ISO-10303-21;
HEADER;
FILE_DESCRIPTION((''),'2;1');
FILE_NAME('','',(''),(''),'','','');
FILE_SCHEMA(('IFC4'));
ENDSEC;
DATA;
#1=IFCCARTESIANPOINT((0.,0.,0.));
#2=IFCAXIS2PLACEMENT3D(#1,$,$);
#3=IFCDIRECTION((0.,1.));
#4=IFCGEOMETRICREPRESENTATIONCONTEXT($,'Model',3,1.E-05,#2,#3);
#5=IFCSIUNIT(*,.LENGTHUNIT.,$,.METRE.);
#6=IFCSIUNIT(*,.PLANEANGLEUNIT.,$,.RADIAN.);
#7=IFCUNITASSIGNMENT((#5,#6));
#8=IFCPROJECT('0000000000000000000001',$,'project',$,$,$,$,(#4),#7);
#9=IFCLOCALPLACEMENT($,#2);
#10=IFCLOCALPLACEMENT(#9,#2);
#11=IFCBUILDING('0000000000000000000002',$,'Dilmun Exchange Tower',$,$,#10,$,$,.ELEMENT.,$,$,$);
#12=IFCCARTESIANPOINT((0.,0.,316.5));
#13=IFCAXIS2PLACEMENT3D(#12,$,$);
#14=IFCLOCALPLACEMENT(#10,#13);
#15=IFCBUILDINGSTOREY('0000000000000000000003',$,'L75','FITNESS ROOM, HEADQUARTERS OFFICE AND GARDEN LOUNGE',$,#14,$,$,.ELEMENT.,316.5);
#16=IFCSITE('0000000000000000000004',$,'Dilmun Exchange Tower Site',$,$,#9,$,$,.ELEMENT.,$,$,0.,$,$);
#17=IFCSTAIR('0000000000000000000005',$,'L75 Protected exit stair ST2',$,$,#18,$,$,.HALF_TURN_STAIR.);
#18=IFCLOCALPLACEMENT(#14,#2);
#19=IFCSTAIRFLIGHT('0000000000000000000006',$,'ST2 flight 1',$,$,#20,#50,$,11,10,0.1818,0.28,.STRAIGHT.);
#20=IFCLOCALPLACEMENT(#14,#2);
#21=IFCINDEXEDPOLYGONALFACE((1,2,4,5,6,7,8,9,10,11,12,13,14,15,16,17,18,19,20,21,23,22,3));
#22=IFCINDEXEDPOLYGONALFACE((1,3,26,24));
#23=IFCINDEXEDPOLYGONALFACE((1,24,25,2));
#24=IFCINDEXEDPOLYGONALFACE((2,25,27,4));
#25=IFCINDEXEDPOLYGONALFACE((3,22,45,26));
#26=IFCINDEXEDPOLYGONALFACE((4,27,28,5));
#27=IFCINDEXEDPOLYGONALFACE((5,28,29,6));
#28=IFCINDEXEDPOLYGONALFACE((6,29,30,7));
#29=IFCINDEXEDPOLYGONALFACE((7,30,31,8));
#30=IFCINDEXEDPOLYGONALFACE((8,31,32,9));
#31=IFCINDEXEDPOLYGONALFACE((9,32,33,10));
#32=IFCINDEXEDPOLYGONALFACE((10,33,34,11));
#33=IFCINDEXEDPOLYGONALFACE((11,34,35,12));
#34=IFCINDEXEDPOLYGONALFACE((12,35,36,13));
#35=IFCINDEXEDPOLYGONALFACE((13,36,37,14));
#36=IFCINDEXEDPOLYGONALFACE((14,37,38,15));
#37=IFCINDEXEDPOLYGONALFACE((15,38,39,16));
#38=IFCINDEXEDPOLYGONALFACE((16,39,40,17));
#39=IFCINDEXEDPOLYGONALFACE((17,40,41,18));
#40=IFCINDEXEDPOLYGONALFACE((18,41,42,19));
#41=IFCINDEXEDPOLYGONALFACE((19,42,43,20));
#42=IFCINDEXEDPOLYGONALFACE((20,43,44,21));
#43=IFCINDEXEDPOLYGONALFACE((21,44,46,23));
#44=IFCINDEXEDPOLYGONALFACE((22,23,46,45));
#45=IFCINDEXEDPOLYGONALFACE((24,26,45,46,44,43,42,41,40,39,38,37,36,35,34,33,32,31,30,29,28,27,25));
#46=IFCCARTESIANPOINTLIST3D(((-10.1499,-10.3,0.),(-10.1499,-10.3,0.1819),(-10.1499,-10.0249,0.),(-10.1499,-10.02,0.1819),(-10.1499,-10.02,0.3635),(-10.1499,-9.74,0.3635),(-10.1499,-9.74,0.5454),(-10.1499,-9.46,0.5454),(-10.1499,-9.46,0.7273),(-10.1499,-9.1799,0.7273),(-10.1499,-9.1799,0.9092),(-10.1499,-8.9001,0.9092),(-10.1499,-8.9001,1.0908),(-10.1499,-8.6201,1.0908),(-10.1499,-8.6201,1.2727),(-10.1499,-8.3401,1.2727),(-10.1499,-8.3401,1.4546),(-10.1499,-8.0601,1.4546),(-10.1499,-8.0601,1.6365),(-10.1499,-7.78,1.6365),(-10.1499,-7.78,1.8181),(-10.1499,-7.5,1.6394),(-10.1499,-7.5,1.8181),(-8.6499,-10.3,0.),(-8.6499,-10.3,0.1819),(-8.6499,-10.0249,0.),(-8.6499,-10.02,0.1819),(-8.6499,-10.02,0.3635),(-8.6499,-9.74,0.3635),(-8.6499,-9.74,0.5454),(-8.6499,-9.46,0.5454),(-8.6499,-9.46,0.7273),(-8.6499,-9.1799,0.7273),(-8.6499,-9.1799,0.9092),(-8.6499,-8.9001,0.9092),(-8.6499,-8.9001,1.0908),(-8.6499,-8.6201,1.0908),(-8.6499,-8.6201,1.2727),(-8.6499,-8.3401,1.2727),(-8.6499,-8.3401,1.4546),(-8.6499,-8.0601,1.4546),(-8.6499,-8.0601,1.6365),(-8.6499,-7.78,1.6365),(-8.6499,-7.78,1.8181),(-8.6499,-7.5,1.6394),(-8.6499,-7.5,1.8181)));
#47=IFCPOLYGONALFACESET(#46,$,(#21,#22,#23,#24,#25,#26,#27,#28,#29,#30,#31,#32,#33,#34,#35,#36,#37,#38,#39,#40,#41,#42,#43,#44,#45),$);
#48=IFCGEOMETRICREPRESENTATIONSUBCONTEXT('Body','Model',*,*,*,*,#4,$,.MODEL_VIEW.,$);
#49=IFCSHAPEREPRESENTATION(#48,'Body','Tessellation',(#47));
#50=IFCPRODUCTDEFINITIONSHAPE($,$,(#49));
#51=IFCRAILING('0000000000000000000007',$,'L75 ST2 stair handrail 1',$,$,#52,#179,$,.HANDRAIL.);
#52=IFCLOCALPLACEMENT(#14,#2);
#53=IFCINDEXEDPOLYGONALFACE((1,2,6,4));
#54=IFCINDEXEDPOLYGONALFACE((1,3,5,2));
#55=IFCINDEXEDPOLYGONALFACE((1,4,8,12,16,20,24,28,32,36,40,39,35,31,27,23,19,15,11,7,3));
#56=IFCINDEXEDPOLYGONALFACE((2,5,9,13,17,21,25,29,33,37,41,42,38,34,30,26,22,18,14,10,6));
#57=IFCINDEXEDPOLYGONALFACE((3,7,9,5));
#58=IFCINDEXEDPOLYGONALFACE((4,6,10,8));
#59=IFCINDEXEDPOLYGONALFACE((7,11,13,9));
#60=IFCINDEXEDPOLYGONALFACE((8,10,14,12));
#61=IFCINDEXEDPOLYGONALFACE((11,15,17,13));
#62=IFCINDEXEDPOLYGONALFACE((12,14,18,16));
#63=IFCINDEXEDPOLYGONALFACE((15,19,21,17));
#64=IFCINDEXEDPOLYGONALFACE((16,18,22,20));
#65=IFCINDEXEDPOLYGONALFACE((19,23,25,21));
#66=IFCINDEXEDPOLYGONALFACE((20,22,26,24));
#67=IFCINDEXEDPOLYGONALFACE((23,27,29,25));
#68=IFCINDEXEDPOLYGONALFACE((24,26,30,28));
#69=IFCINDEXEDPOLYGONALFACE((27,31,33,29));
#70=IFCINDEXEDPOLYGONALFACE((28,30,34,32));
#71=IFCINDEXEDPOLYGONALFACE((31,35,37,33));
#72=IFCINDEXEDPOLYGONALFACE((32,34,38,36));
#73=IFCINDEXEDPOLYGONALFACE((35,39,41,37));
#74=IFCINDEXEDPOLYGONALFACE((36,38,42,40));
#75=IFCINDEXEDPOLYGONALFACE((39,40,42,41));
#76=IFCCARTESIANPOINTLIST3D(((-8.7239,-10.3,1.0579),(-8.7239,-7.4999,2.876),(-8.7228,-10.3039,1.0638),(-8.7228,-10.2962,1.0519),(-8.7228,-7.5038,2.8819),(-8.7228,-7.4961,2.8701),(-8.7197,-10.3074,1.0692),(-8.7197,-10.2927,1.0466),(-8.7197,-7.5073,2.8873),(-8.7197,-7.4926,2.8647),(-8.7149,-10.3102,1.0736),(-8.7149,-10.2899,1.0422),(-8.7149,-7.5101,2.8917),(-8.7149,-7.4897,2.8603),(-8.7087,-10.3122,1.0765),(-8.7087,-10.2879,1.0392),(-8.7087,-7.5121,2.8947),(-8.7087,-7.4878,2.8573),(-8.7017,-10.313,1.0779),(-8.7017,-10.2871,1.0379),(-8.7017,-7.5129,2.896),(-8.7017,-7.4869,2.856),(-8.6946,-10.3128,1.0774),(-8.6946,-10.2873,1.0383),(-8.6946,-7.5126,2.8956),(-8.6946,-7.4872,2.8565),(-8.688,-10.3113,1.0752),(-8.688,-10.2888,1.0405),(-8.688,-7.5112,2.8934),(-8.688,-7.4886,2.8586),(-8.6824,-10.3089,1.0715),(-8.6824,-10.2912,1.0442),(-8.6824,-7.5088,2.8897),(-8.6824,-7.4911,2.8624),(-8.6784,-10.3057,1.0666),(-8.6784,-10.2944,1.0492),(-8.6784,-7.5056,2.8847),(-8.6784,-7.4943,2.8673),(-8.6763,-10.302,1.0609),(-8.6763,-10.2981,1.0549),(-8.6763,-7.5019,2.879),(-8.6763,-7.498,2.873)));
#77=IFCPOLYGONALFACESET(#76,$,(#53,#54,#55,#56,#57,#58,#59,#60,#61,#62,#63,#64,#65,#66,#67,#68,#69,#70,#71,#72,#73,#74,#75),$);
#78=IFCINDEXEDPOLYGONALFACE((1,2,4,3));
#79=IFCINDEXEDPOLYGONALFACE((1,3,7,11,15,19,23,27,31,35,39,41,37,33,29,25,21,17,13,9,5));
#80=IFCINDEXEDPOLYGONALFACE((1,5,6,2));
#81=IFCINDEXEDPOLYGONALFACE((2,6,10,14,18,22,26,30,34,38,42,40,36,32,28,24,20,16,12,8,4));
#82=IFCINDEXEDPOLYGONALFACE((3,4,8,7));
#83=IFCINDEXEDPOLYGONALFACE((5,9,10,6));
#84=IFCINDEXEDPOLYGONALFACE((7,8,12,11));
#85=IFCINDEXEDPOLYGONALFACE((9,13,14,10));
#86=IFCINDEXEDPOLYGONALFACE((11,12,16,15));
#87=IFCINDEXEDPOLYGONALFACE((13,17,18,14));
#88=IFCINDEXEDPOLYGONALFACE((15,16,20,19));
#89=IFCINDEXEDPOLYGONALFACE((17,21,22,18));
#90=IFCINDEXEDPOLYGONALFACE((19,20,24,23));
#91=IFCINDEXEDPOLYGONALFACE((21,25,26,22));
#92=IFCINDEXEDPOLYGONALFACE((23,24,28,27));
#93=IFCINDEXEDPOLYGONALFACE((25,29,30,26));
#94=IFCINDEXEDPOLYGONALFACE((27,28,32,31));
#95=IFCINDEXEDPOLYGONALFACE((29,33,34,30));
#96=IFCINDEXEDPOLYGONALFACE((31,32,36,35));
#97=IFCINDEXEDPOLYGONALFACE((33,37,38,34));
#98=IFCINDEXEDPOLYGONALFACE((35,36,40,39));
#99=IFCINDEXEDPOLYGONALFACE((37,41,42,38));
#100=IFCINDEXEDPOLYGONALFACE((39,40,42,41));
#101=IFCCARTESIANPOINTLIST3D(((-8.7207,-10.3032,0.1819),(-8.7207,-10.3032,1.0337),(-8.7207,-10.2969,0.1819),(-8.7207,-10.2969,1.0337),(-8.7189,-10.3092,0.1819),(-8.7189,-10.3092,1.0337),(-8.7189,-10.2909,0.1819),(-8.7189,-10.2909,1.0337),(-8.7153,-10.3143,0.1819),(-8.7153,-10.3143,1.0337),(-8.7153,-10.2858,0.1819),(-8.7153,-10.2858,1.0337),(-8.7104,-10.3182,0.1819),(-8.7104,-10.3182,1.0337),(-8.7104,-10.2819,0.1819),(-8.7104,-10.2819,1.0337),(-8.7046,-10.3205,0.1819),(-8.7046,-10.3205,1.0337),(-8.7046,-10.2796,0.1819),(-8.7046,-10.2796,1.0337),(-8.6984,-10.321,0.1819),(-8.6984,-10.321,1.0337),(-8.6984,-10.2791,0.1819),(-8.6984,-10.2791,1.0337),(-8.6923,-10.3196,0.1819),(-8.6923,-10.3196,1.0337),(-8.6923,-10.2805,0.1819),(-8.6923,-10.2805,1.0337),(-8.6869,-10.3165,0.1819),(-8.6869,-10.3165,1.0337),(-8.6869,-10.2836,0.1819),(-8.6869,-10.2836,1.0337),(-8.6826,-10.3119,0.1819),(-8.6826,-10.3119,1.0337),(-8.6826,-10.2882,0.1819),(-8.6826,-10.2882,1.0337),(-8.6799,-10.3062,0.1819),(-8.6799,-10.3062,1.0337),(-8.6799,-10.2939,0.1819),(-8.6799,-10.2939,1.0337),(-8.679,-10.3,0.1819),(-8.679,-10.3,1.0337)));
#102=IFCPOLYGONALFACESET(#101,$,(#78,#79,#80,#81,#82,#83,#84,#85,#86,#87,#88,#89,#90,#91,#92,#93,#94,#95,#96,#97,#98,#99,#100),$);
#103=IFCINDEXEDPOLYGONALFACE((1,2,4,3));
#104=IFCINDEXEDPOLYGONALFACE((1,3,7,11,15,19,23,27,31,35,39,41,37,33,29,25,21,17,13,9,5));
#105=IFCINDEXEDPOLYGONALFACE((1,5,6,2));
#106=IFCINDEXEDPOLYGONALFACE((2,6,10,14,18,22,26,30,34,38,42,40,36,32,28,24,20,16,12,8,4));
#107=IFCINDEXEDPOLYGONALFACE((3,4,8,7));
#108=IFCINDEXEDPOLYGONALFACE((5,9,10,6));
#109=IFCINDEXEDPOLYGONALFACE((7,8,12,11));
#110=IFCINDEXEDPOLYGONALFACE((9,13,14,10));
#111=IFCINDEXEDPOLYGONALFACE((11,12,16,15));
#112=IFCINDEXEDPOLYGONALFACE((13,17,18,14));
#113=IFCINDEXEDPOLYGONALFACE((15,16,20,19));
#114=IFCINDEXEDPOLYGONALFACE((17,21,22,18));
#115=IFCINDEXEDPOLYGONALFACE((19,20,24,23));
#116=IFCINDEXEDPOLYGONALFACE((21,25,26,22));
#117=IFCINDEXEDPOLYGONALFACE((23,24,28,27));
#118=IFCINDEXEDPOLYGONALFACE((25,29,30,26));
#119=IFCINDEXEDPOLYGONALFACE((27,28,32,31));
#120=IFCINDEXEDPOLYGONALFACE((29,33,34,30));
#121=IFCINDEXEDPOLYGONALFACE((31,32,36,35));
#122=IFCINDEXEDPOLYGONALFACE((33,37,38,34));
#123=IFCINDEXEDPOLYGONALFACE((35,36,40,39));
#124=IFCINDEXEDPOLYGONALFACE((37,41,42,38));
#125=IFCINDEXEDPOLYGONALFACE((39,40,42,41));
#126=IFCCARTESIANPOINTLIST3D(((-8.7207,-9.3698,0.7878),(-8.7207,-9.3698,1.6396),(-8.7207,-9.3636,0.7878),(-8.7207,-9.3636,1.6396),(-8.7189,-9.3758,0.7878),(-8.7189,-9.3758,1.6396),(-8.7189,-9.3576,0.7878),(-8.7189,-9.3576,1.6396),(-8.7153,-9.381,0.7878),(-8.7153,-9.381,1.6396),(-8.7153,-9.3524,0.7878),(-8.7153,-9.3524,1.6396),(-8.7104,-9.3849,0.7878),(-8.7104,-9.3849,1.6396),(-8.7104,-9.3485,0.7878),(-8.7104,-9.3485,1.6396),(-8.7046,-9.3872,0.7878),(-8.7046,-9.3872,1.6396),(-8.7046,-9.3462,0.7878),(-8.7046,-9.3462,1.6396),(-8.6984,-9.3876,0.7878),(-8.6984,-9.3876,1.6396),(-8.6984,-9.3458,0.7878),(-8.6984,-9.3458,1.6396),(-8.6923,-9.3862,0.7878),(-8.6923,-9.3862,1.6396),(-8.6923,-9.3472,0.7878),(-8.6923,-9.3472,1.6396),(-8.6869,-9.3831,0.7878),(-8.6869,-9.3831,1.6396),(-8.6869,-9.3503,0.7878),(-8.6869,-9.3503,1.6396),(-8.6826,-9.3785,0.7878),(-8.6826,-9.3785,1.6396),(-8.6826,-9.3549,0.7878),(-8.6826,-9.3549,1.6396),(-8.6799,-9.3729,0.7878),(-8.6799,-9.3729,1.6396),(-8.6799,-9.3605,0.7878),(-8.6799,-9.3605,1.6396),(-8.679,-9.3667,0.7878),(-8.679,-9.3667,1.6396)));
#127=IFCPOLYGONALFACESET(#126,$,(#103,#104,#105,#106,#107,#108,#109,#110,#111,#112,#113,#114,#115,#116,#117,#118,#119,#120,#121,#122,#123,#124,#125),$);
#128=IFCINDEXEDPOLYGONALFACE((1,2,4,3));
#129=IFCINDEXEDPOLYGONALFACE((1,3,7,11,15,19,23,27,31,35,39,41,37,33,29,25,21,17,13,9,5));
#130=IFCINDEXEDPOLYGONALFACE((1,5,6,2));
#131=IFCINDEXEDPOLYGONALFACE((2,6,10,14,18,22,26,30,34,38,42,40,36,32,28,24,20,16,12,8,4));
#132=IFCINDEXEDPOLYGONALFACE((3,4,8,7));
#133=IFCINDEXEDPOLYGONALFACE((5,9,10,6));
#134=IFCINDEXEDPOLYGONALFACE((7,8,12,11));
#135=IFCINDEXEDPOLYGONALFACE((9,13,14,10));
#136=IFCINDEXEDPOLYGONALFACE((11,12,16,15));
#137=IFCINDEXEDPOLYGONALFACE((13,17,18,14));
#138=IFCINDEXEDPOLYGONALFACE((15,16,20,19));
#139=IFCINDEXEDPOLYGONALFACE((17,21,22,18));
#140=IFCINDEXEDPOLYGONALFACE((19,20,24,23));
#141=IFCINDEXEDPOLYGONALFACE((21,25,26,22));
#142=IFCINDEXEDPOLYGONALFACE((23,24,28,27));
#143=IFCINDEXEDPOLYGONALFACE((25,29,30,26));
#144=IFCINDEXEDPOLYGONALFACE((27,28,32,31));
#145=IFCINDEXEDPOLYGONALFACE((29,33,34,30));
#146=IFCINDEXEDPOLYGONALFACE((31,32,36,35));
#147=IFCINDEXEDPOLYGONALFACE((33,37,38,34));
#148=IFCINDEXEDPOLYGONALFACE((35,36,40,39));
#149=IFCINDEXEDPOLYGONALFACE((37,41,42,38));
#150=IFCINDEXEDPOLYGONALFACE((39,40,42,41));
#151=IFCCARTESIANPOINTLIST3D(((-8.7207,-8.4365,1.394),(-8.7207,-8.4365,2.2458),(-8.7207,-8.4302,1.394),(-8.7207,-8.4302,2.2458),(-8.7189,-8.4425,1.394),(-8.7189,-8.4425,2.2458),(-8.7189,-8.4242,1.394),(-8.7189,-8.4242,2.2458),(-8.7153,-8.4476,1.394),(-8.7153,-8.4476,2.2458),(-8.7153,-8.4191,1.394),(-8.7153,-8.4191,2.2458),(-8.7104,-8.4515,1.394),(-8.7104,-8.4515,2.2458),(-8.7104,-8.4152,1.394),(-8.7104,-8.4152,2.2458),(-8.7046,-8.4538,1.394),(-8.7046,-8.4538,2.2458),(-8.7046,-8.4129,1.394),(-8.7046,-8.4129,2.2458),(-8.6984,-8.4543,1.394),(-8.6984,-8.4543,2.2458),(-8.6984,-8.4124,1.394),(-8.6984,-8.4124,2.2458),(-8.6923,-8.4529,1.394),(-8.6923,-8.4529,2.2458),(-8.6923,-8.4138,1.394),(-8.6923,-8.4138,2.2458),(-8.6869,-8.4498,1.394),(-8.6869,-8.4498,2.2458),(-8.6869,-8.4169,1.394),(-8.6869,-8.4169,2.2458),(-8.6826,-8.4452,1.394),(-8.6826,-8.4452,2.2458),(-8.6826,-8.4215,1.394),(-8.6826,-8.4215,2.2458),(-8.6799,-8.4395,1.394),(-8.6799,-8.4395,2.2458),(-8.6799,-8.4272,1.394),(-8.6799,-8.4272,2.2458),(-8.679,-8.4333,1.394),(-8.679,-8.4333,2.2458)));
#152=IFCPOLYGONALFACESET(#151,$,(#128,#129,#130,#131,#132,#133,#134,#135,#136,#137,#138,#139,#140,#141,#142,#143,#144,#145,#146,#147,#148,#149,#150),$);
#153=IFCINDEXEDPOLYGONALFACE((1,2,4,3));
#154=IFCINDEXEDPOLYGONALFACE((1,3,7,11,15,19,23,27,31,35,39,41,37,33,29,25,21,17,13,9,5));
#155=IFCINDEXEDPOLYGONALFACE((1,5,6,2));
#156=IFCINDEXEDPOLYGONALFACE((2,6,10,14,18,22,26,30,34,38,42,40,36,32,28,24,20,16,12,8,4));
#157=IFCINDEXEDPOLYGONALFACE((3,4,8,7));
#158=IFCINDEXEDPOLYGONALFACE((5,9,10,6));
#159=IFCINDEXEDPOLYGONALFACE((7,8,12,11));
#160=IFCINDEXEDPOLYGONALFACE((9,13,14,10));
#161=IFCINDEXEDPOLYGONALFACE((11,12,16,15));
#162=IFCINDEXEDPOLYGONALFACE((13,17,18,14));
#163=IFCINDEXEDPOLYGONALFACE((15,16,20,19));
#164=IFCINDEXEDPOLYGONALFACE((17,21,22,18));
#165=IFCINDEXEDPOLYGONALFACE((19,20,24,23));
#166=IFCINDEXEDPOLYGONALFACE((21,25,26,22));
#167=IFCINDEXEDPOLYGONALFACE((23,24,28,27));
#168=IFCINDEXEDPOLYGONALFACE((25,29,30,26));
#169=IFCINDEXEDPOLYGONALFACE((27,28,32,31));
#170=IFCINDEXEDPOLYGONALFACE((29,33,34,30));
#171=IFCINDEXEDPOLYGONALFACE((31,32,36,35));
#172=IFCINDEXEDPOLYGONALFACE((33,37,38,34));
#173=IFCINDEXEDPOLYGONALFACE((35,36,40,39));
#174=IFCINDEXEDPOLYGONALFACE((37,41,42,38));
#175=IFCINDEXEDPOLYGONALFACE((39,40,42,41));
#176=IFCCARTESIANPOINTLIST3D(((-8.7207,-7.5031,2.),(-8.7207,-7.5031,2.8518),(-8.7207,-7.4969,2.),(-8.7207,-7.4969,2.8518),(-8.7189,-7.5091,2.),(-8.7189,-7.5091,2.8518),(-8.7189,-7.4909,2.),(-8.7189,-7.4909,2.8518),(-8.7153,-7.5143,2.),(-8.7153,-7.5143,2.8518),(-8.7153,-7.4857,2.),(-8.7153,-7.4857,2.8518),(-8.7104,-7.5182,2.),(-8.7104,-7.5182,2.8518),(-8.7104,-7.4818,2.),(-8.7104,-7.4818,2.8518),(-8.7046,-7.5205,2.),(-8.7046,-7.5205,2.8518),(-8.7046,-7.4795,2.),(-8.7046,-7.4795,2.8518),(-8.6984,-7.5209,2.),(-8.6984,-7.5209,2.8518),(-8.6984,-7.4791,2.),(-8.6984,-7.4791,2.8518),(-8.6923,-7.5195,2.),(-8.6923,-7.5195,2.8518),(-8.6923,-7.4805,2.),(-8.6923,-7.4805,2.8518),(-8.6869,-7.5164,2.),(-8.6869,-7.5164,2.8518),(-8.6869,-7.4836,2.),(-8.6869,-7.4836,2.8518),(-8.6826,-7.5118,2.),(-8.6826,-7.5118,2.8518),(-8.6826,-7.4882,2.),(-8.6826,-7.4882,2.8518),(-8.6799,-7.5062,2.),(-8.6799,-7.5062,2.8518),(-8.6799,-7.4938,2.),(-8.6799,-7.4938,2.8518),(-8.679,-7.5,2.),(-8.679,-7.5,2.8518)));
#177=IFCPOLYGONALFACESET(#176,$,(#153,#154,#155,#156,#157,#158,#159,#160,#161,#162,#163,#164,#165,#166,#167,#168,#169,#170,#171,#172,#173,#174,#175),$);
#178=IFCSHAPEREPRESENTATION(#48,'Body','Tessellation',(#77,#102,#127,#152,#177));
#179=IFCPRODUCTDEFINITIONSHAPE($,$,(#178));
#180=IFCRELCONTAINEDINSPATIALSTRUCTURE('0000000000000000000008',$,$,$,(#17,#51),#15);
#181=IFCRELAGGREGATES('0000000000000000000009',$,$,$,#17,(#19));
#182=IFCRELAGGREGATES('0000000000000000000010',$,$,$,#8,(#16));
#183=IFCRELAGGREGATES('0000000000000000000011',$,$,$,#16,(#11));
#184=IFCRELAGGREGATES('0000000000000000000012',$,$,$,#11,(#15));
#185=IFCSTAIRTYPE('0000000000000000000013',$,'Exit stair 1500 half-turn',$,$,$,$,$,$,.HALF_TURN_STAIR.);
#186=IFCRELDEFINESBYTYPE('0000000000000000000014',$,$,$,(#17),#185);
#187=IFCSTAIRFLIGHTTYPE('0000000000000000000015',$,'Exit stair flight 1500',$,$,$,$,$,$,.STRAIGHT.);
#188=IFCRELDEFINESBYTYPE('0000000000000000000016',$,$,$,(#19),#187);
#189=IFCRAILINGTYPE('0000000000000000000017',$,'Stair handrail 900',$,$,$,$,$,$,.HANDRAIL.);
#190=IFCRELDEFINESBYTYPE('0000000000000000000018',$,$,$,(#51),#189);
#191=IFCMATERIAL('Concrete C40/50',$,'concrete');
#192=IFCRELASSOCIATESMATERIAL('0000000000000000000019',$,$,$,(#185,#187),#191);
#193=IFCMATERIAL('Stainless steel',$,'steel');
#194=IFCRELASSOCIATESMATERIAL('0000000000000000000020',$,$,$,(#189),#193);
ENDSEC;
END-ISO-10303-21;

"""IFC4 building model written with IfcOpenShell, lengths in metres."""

from ifc_helpers import new_model, si_unit, direction, frame, origin, origin_2d, place, context, subcontext, project, spatial, polyline, circle, outline, extrude, material, type_object, element, aggregate, save


model = new_model("IFC4")

# Units and contexts
model_context = context("Model", 3, precision=1e-05, world=origin(), true_north=direction((0.0, 1.0)))
body_context = subcontext(model_context, "Body", "Model", "MODEL_VIEW")
ifc_project = project(units=[si_unit("LENGTHUNIT", "METRE"), si_unit("PLANEANGLEUNIT", "RADIAN")], contexts=[model_context])

# Site, building, storey
site_placement = place(None, origin())
site = spatial("IfcSite", under=ifc_project, at=site_placement, Name="Dilmun Exchange Tower Site", CompositionType="ELEMENT", RefElevation=0.0)
building_placement = place(site_placement, origin())
building = spatial("IfcBuilding", under=site, at=building_placement, Name="Dilmun Exchange Tower", CompositionType="ELEMENT")
storey_placement = place(building_placement, frame((0.0, 0.0, 316.5)))
storey = spatial("IfcBuildingStorey", under=building, at=storey_placement, Name="L75", Description="FITNESS ROOM, HEADQUARTERS OFFICE AND GARDEN LOUNGE", CompositionType="ELEMENT", Elevation=316.5)

# Shared definitions
ifc_material_1 = material(Name="Concrete C40/50", Category="concrete")

# Stair, stair flight
stair_type = type_object("IfcStairType", Name="Exit stair 1500 half-turn", PredefinedType="HALF_TURN_STAIR", material=ifc_material_1)
stair_placement = place(storey_placement, origin())
stair = element("IfcStair", 1, at=stair_placement, inside=storey, type_object=stair_type, Name="L75 Protected exit stair ST2", PredefinedType="HALF_TURN_STAIR")
stair_flight_type = type_object("IfcStairFlightType", Name="Exit stair flight 1500", PredefinedType="STRAIGHT", material=ifc_material_1)
stair_flight_placement = place(storey_placement, frame((-9.3999, -10.3, 0.0), z_axis=(0.0, 0.0, 1.0), x_axis=(0.0, 1.0, 0.0)))
stair_flight = element("IfcStairFlight", 2, at=stair_flight_placement, type_object=stair_flight_type, Name="ST2 flight 1", NumberOfRisers=11, NumberOfTreads=10, PredefinedType="STRAIGHT", RiserHeight=0.1818, TreadLength=0.28, context=body_context, shape_type="SweptSolid", body=[
    extrude(outline(polyline([(0.0, 0.0), (0.0, 0.1819), (0.28, 0.1819), (0.28, 0.3635), (0.5601, 0.3635), (0.5601, 0.5454), (0.8401, 0.5454), (0.8401, 0.7273), (1.1201, 0.7273), (1.1201, 0.9092), (1.3999, 0.9092), (1.3999, 1.0908), (1.6799, 1.0908), (1.6799, 1.2727), (1.96, 1.2727), (1.96, 1.4546), (2.24, 1.4546), (2.24, 1.6365), (2.52, 1.6365), (2.52, 1.8181), (2.8, 1.8181), (2.8, 2.0), (2.8, 1.6394), (0.2751, 0.0), (0.0, 0.0)])), frame((0.0, 0.75, 0.0), z_axis=(0.0, -1.0, 0.0), x_axis=(1.0, 0.0, 0.0)), (0.0, 0.0, 1.0), 1.5),
])
aggregate(stair, [stair_flight])

# Railing
ifc_material_2 = material(Name="Stainless steel", Category="steel")
railing_type = type_object("IfcRailingType", Name="Stair handrail 900", PredefinedType="HANDRAIL", material=ifc_material_2)
railing_placement = place(storey_placement, frame((-8.7, -10.3, 0.1819)))
element("IfcRailing", 3, at=railing_placement, inside=storey, type_object=railing_type, Name="L75 ST2 stair handrail 1", PredefinedType="HANDRAIL", context=body_context, shape_type="SweptSolid", body=[
    extrude(circle(Radius=0.0239, at=origin_2d()), frame((0.0, 0.0, 0.876), z_axis=(0.0, 0.838706, 0.544585), x_axis=(-1.0, 0.0, 0.0)), (0.0, 0.0, 1.0), 3.3386),
    extrude(circle(Radius=0.021, at=origin_2d()), origin(), (0.0, 0.0, 1.0), 0.8518),
    extrude(circle(Radius=0.021, at=origin_2d()), frame((0.0, 0.9333, 0.606)), (0.0, 0.0, 1.0), 0.8518),
    extrude(circle(Radius=0.021, at=origin_2d()), frame((0.0, 1.8667, 1.2122)), (0.0, 0.0, 1.0), 0.8518),
    extrude(circle(Radius=0.021, at=origin_2d()), frame((0.0, 2.8, 1.8181)), (0.0, 0.0, 1.0), 0.8518),
])

save(model, "model.ifc")
